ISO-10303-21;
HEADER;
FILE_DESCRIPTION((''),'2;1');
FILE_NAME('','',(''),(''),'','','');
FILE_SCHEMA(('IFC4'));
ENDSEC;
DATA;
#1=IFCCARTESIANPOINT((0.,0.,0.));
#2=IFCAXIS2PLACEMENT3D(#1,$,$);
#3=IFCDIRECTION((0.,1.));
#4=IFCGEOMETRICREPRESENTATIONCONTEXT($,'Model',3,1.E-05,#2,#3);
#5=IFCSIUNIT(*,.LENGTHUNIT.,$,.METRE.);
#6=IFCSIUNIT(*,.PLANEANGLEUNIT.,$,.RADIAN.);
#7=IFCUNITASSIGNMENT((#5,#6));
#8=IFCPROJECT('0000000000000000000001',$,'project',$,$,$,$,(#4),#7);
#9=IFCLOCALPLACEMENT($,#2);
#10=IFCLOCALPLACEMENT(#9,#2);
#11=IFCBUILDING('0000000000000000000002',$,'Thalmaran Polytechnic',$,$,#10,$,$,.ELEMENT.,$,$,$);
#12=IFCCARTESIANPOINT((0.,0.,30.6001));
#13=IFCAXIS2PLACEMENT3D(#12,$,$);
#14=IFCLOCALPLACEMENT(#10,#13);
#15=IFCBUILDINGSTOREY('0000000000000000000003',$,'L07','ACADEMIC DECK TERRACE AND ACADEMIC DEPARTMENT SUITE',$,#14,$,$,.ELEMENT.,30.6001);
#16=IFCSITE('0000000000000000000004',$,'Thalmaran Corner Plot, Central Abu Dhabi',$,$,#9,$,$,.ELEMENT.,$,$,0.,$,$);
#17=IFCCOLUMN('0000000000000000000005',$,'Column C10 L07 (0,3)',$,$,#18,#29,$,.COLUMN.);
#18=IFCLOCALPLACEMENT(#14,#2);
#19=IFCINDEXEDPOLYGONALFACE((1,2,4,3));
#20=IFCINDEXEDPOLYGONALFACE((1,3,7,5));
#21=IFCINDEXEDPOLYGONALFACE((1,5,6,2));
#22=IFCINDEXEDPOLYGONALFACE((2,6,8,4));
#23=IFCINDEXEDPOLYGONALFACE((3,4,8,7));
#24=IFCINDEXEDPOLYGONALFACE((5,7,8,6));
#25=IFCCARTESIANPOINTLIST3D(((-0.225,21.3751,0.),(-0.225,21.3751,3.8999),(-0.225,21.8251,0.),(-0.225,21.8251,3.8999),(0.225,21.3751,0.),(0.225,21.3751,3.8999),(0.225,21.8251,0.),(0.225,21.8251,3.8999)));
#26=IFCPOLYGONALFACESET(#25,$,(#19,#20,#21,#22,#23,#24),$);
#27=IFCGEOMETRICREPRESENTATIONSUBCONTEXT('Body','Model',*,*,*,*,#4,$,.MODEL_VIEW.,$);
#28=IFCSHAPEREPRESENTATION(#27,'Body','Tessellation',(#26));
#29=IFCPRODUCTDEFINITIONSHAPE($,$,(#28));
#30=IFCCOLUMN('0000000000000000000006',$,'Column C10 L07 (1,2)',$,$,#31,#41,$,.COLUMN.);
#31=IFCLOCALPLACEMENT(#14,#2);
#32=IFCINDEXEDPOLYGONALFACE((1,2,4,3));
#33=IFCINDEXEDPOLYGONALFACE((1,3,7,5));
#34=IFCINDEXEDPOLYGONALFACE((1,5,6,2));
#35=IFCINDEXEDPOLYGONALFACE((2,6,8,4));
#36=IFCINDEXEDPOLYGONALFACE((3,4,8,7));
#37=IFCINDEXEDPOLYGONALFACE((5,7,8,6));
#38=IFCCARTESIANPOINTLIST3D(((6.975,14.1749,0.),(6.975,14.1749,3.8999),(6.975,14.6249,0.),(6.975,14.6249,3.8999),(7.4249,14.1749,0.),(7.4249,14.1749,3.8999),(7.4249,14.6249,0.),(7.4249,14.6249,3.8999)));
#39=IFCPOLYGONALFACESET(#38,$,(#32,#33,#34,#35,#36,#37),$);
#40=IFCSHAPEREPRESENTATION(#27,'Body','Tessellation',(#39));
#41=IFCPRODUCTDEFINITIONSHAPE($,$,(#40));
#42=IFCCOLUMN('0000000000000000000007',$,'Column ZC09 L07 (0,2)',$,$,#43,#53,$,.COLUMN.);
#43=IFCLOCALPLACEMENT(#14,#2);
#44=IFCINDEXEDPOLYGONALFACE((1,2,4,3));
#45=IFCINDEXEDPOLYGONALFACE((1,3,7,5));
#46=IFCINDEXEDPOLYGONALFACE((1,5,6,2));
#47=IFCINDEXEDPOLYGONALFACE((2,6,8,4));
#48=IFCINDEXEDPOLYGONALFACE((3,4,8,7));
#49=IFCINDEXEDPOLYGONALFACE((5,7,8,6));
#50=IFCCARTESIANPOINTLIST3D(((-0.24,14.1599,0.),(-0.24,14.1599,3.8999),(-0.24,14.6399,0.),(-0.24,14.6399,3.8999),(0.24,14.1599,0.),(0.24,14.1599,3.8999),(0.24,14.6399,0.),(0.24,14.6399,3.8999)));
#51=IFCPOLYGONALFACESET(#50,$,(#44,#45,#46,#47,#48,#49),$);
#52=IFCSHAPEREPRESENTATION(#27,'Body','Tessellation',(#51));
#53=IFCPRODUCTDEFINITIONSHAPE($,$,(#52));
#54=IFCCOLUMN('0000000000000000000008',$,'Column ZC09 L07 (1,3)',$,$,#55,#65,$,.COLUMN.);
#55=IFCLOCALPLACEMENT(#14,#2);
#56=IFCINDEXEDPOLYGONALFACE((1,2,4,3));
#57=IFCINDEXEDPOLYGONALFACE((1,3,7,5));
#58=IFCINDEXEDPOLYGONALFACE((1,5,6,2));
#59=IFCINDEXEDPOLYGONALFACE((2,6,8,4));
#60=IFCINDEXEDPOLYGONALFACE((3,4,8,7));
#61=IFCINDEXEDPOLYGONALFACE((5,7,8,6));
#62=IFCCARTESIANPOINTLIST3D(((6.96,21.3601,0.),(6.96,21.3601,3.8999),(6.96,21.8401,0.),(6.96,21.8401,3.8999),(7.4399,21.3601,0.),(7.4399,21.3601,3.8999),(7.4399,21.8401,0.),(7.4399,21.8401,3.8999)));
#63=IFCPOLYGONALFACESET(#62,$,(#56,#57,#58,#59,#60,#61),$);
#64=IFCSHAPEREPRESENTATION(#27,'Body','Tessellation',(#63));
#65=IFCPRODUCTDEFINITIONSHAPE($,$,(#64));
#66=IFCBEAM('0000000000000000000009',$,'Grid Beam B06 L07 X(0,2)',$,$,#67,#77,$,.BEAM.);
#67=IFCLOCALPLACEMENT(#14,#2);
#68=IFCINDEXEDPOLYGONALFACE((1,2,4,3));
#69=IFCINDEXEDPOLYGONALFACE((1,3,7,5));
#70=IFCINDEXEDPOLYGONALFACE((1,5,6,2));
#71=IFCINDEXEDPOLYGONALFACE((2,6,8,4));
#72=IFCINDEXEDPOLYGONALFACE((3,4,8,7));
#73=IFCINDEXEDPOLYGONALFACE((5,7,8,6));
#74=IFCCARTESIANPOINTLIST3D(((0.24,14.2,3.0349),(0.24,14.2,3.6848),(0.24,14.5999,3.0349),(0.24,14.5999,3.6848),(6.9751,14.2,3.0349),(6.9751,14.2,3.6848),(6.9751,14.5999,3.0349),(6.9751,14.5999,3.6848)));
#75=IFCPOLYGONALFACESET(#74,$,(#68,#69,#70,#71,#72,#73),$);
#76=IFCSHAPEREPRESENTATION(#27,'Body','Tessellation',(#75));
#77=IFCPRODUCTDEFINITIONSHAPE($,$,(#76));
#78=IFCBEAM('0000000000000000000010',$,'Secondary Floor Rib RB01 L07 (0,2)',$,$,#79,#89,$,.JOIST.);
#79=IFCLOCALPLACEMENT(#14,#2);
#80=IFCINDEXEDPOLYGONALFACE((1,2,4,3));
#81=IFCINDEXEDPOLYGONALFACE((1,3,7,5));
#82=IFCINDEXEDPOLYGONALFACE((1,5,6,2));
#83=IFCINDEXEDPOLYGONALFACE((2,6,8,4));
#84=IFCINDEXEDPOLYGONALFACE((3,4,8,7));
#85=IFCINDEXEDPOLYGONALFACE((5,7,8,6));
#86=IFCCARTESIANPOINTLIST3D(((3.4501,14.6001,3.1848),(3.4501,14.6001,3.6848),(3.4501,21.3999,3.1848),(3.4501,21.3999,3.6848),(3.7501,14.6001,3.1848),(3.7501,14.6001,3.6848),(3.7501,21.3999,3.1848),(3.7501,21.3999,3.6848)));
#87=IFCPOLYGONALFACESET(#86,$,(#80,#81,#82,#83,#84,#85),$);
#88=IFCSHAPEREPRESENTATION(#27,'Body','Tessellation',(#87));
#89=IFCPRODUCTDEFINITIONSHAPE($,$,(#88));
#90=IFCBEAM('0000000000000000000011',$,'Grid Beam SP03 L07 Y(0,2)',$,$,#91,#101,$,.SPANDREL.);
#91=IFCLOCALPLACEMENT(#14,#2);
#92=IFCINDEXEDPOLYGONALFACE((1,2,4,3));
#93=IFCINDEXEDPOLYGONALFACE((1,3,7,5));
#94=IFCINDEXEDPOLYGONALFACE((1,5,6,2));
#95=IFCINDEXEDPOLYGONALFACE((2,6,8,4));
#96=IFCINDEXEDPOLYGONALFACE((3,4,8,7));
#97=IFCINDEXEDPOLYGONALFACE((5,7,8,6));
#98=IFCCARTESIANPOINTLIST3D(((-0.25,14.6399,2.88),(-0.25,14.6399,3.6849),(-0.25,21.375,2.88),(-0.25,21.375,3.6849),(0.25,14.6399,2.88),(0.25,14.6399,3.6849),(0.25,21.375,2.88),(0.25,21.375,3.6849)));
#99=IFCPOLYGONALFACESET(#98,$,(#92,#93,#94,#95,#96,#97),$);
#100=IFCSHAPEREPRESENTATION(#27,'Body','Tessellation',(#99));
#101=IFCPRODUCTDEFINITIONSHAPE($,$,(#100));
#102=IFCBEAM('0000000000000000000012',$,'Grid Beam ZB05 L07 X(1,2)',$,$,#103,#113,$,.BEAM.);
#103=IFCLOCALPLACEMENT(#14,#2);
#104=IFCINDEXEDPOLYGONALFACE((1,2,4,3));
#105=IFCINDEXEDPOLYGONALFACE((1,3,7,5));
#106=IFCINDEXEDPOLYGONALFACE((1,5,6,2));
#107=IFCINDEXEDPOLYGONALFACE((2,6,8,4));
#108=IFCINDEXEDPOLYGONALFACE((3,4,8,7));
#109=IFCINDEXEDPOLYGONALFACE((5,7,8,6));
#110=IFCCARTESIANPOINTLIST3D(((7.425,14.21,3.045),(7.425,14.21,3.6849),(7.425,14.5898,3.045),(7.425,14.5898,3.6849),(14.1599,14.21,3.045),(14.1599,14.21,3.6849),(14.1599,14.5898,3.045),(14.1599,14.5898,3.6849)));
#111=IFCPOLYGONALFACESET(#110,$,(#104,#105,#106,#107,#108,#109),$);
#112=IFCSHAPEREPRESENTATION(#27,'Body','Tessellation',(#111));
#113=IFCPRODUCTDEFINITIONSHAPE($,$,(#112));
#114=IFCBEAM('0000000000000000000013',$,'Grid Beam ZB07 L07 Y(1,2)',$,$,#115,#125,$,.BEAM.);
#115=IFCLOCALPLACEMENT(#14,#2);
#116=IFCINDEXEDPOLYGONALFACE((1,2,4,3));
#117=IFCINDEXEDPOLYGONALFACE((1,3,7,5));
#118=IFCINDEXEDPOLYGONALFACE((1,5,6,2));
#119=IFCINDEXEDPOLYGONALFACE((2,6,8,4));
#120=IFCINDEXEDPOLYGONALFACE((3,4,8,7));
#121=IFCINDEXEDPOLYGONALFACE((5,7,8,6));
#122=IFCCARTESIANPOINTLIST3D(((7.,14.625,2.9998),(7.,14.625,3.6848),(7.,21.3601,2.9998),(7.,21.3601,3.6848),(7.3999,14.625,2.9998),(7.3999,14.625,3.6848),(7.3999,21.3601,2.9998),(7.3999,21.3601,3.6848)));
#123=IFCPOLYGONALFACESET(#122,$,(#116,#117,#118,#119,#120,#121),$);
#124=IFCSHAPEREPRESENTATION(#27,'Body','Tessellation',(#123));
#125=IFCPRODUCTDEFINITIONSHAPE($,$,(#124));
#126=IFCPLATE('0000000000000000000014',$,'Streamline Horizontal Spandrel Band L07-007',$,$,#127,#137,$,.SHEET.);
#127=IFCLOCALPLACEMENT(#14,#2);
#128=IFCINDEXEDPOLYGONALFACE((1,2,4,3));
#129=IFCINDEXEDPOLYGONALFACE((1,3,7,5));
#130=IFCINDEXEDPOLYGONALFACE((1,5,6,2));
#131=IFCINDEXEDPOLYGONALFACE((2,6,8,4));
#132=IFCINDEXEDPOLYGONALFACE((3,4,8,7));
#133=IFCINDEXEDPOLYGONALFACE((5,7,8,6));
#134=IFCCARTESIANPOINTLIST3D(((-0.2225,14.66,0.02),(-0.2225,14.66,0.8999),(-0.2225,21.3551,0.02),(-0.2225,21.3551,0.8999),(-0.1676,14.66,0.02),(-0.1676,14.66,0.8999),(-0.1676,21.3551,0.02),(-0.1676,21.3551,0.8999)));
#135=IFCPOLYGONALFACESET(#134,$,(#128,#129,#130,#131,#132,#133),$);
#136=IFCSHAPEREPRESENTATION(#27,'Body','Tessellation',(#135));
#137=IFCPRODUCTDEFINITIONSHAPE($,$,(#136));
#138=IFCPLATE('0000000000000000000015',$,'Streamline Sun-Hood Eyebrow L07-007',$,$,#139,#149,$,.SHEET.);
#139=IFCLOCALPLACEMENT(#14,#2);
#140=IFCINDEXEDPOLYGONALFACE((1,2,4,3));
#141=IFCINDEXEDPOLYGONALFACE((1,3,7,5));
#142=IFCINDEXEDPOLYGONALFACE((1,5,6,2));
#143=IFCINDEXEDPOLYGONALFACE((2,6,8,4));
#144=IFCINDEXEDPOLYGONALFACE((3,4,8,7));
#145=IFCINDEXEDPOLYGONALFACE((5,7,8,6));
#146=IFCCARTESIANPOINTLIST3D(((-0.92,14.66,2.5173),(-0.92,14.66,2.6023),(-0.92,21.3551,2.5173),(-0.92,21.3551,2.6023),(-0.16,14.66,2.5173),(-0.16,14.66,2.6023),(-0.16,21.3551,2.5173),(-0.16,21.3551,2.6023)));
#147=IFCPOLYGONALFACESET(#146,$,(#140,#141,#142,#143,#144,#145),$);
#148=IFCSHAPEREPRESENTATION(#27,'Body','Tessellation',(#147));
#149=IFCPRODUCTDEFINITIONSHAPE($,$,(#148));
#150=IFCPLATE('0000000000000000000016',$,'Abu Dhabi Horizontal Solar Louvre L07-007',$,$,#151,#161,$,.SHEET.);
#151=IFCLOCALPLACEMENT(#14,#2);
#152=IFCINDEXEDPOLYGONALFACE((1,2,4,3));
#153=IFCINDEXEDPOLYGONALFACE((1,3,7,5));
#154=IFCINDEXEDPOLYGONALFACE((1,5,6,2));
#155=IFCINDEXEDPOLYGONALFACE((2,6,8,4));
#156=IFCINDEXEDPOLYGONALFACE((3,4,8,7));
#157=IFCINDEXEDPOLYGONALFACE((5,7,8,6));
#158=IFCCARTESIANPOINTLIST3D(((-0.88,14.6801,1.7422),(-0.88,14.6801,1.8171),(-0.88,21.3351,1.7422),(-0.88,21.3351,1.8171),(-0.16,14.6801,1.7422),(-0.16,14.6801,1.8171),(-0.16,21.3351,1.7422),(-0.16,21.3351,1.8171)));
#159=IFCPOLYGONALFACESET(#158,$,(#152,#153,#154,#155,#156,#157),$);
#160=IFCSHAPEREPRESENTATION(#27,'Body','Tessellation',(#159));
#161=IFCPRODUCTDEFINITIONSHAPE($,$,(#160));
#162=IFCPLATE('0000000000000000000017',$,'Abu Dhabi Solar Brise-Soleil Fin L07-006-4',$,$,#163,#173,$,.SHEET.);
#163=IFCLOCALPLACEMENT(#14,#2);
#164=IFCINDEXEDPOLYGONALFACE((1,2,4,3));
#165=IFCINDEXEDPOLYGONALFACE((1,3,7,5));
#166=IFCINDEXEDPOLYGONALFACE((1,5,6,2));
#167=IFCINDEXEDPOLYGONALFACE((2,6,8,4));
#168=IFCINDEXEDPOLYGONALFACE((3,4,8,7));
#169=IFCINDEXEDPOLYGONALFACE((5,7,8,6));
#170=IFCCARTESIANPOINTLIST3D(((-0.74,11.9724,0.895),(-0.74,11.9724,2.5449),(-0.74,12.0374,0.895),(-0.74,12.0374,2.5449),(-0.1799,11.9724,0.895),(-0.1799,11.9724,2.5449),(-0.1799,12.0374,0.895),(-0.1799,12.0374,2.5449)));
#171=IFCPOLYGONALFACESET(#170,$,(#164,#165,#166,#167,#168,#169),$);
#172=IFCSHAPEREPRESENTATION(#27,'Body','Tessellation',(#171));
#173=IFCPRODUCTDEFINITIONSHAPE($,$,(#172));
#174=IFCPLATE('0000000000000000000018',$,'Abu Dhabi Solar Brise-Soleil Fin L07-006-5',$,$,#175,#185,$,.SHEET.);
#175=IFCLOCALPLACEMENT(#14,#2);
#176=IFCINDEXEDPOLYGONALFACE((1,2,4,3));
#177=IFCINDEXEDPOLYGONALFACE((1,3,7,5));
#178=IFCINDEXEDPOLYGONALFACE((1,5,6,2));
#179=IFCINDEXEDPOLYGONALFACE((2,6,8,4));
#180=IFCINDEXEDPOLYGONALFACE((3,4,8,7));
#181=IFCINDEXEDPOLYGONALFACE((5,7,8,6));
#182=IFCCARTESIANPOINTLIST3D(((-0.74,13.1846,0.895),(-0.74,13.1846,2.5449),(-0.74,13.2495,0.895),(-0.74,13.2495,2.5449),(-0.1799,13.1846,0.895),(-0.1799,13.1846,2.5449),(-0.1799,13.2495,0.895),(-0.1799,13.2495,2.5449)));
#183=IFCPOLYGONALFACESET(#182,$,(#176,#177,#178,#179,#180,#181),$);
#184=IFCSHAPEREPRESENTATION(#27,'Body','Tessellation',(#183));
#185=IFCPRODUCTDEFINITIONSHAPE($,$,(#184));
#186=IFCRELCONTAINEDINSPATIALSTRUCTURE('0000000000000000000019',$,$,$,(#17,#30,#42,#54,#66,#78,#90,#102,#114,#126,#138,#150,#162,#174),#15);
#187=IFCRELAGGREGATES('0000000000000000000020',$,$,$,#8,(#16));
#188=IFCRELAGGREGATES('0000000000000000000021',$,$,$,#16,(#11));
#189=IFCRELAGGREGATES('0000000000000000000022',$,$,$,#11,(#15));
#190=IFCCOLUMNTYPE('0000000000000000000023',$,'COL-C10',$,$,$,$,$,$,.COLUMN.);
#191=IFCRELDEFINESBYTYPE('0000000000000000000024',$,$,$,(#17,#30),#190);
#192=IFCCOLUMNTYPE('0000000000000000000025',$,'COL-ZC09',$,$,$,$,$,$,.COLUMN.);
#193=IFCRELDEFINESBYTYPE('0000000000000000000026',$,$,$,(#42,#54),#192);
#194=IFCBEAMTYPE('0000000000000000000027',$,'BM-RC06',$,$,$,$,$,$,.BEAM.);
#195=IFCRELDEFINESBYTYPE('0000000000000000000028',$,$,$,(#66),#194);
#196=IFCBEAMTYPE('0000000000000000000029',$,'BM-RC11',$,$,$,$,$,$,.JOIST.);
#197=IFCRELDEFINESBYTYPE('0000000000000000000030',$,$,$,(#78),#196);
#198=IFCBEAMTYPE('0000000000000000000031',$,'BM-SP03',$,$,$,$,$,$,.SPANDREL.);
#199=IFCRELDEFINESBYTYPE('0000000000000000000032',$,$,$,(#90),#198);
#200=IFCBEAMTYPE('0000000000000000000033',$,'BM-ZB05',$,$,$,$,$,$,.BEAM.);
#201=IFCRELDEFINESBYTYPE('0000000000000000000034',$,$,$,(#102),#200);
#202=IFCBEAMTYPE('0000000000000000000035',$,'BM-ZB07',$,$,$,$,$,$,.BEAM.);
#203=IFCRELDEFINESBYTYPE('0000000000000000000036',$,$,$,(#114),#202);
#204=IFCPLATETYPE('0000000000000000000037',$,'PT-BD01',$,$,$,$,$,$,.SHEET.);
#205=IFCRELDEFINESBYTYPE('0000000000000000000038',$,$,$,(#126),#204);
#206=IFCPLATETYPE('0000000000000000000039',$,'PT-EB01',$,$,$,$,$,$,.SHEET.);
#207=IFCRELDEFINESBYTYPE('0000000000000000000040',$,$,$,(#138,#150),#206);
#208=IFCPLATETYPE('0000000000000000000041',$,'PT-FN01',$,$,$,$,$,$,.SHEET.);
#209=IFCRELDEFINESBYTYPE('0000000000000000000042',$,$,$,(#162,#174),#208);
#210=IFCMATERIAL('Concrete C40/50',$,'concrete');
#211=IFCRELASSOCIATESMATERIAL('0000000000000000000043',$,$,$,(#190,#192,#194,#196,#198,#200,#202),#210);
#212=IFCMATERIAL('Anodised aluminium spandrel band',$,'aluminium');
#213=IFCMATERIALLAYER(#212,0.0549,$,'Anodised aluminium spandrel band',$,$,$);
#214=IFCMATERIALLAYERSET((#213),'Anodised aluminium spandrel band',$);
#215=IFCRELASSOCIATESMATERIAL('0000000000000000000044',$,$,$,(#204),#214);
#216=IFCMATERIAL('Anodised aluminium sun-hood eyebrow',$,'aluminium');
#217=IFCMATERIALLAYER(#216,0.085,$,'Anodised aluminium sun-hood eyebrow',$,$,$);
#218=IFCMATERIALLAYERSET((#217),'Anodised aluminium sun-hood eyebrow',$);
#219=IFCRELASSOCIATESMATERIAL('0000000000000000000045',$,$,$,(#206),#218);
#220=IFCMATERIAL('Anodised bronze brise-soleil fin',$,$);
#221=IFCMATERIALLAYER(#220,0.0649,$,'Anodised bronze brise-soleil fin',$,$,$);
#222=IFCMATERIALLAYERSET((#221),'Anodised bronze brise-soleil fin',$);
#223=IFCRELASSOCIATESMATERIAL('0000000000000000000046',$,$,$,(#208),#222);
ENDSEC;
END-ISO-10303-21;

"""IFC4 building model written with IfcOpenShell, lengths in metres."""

from ifc_helpers import new_model, si_unit, direction, frame, origin, origin_2d, place, context, subcontext, project, spatial, rectangle, extrude, material, layer, layer_set, material_profile, profile_set, type_object, element, save


model = new_model("IFC4")

# Units and contexts
model_context = context("Model", 3, precision=1e-05, world=origin(), true_north=direction((0.0, 1.0)))
body_context = subcontext(model_context, "Body", "Model", "MODEL_VIEW")
ifc_project = project(units=[si_unit("LENGTHUNIT", "METRE"), si_unit("PLANEANGLEUNIT", "RADIAN")], contexts=[model_context])

# Site, building, storey
site_placement = place(None, origin())
site = spatial("IfcSite", under=ifc_project, at=site_placement, Name="Thalmaran Corner Plot, Central Abu Dhabi", CompositionType="ELEMENT", RefElevation=0.0)
building_placement = place(site_placement, origin())
building = spatial("IfcBuilding", under=site, at=building_placement, Name="Thalmaran Polytechnic", CompositionType="ELEMENT")
storey_placement = place(building_placement, frame((0.0, 0.0, 30.6001)))
storey = spatial("IfcBuildingStorey", under=building, at=storey_placement, Name="L07", Description="ACADEMIC DECK TERRACE AND ACADEMIC DEPARTMENT SUITE", CompositionType="ELEMENT", Elevation=30.6001)

# Columns
ifc_material_1 = material(Name="Concrete C40/50", Category="concrete")
ifc_material_profile_1 = material_profile(ifc_material_1, rectangle(XDim=0.45, YDim=0.45, at=origin_2d()), Name="RC 450x450")
ifc_profile_set_1 = profile_set([ifc_material_profile_1], Name="Concrete C40/50")
column_type_1 = type_object("IfcColumnType", Name="COL-C10", PredefinedType="COLUMN", material=ifc_profile_set_1)
for number, where, z_axis, x_axis, name in (
    (1, (0.0, 21.6001, 0.0), (0.0, 0.0, 1.0), (1.0, 0.0, 0.0), "Column C10 L07 (0,3)"),
    (2, (7.2, 14.3999, 0.0), (0.0, 0.0, 1.0), (1.0, 0.0, 0.0), "Column C10 L07 (1,2)"),
):
    element("IfcColumn", number, at=place(storey_placement, frame(where, z_axis=z_axis, x_axis=x_axis)), inside=storey, type_object=column_type_1, Name=name, PredefinedType="COLUMN", context=body_context, shape_type="SweptSolid", body=[
        extrude(rectangle(XDim=0.45, YDim=0.45, at=origin_2d()), origin(), (0.0, 0.0, 1.0), 3.8999),
    ])
ifc_material_profile_2 = material_profile(ifc_material_1, rectangle(XDim=0.48, YDim=0.48, at=origin_2d()), Name="RC 480x480")
ifc_profile_set_2 = profile_set([ifc_material_profile_2], Name="Concrete C40/50")
column_type_2 = type_object("IfcColumnType", Name="COL-ZC09", PredefinedType="COLUMN", material=ifc_profile_set_2)
for number, where, z_axis, x_axis, name in (
    (3, (0.0, 14.3999, 0.0), (0.0, 0.0, 1.0), (1.0, 0.0, 0.0), "Column ZC09 L07 (0,2)"),
    (4, (7.2, 21.6001, 0.0), (0.0, 0.0, 1.0), (1.0, 0.0, 0.0), "Column ZC09 L07 (1,3)"),
):
    element("IfcColumn", number, at=place(storey_placement, frame(where, z_axis=z_axis, x_axis=x_axis)), inside=storey, type_object=column_type_2, Name=name, PredefinedType="COLUMN", context=body_context, shape_type="SweptSolid", body=[
        extrude(rectangle(XDim=0.48, YDim=0.48, at=origin_2d()), origin(), (0.0, 0.0, 1.0), 3.8999),
    ])

# Beams
ifc_material_profile_3 = material_profile(ifc_material_1, rectangle(XDim=0.3999, YDim=0.6499, at=origin_2d()), Name="RC 400x650")
ifc_profile_set_3 = profile_set([ifc_material_profile_3], Name="Concrete C40/50")
beam_type_1 = type_object("IfcBeamType", Name="BM-RC06", PredefinedType="BEAM", material=ifc_profile_set_3)
beam_1_placement = place(storey_placement, frame((0.24, 14.3999, 3.3599), z_axis=(1.0, 0.0, 0.0), x_axis=(0.0, 1.0, 0.0)))
element("IfcBeam", 5, at=beam_1_placement, inside=storey, type_object=beam_type_1, Name="Grid Beam B06 L07 X(0,2)", PredefinedType="BEAM", context=body_context, shape_type="SweptSolid", body=[
    extrude(rectangle(XDim=0.3999, YDim=0.6499, at=origin_2d()), origin(), (0.0, 0.0, 1.0), 6.7351),
])
ifc_material_profile_4 = material_profile(ifc_material_1, rectangle(XDim=0.3, YDim=0.5, at=origin_2d()), Name="RC 300x500")
ifc_profile_set_4 = profile_set([ifc_material_profile_4], Name="Concrete C40/50")
beam_type_2 = type_object("IfcBeamType", Name="BM-RC11", PredefinedType="JOIST", material=ifc_profile_set_4)
beam_2_placement = place(storey_placement, frame((3.6001, 14.6001, 3.4348), z_axis=(0.0, 1.0, 0.0), x_axis=(-1.0, 0.0, 0.0)))
element("IfcBeam", 6, at=beam_2_placement, inside=storey, type_object=beam_type_2, Name="Secondary Floor Rib RB01 L07 (0,2)", PredefinedType="JOIST", context=body_context, shape_type="SweptSolid", body=[
    extrude(rectangle(XDim=0.3, YDim=0.5, at=origin_2d()), origin(), (0.0, 0.0, 1.0), 6.7998),
])
ifc_material_profile_5 = material_profile(ifc_material_1, rectangle(XDim=0.5, YDim=0.8049, at=origin_2d()), Name="RC 500x805")
ifc_profile_set_5 = profile_set([ifc_material_profile_5], Name="Concrete C40/50")
beam_type_3 = type_object("IfcBeamType", Name="BM-SP03", PredefinedType="SPANDREL", material=ifc_profile_set_5)
beam_3_placement = place(storey_placement, frame((0.0, 14.6399, 3.2825), z_axis=(0.0, 1.0, 0.0), x_axis=(-1.0, 0.0, 0.0)))
element("IfcBeam", 7, at=beam_3_placement, inside=storey, type_object=beam_type_3, Name="Grid Beam SP03 L07 Y(0,2)", PredefinedType="SPANDREL", context=body_context, shape_type="SweptSolid", body=[
    extrude(rectangle(XDim=0.5, YDim=0.8049, at=origin_2d()), origin(), (0.0, 0.0, 1.0), 6.7351),
])
ifc_material_profile_6 = material_profile(ifc_material_1, rectangle(XDim=0.3799, YDim=0.6399, at=origin_2d()), Name="RC 380x640")
ifc_profile_set_6 = profile_set([ifc_material_profile_6], Name="Concrete C40/50")
beam_type_4 = type_object("IfcBeamType", Name="BM-ZB05", PredefinedType="BEAM", material=ifc_profile_set_6)
beam_4_placement = place(storey_placement, frame((7.425, 14.3999, 3.365), z_axis=(1.0, 0.0, 0.0), x_axis=(0.0, 1.0, 0.0)))
element("IfcBeam", 8, at=beam_4_placement, inside=storey, type_object=beam_type_4, Name="Grid Beam ZB05 L07 X(1,2)", PredefinedType="BEAM", context=body_context, shape_type="SweptSolid", body=[
    extrude(rectangle(XDim=0.3799, YDim=0.6399, at=origin_2d()), origin(), (0.0, 0.0, 1.0), 6.7349),
])
ifc_material_profile_7 = material_profile(ifc_material_1, rectangle(XDim=0.3999, YDim=0.6851, at=origin_2d()), Name="RC 400x685")
ifc_profile_set_7 = profile_set([ifc_material_profile_7], Name="Concrete C40/50")
beam_type_5 = type_object("IfcBeamType", Name="BM-ZB07", PredefinedType="BEAM", material=ifc_profile_set_7)
beam_5_placement = place(storey_placement, frame((7.2, 14.625, 3.3423), z_axis=(0.0, 1.0, 0.0), x_axis=(-1.0, 0.0, 0.0)))
element("IfcBeam", 9, at=beam_5_placement, inside=storey, type_object=beam_type_5, Name="Grid Beam ZB07 L07 Y(1,2)", PredefinedType="BEAM", context=body_context, shape_type="SweptSolid", body=[
    extrude(rectangle(XDim=0.3999, YDim=0.6851, at=origin_2d()), origin(), (0.0, 0.0, 1.0), 6.7351),
])

# Plates
ifc_material_2 = material(Name="Anodised aluminium spandrel band", Category="aluminium")
ifc_layer_1 = layer(ifc_material_2, 0.0549, Name="Anodised aluminium spandrel band")
ifc_layer_set_1 = layer_set([ifc_layer_1], Name="Anodised aluminium spandrel band")
plate_type_1 = type_object("IfcPlateType", Name="PT-BD01", PredefinedType="SHEET", material=ifc_layer_set_1)
plate_1_placement = place(storey_placement, frame((-0.1951, 18.0076, 0.02), z_axis=(0.0, 0.0, 1.0), x_axis=(0.0, 1.0, 0.0)))
element("IfcPlate", 10, at=plate_1_placement, inside=storey, type_object=plate_type_1, Name="Streamline Horizontal Spandrel Band L07-007", PredefinedType="SHEET", context=body_context, shape_type="SweptSolid", body=[
    extrude(rectangle(XDim=6.6951, YDim=0.0549, at=origin_2d()), origin(), (0.0, 0.0, 1.0), 0.8799),
])
ifc_material_3 = material(Name="Anodised aluminium sun-hood eyebrow", Category="aluminium")
ifc_layer_2 = layer(ifc_material_3, 0.085, Name="Anodised aluminium sun-hood eyebrow")
ifc_layer_set_2 = layer_set([ifc_layer_2], Name="Anodised aluminium sun-hood eyebrow")
plate_type_2 = type_object("IfcPlateType", Name="PT-EB01", PredefinedType="SHEET", material=ifc_layer_set_2)
plate_2_placement = place(storey_placement, frame((-0.54, 18.0076, 2.5173), z_axis=(0.0, 0.0, 1.0), x_axis=(0.0, 1.0, 0.0)))
element("IfcPlate", 11, at=plate_2_placement, inside=storey, type_object=plate_type_2, Name="Streamline Sun-Hood Eyebrow L07-007", PredefinedType="SHEET", context=body_context, shape_type="SweptSolid", body=[
    extrude(rectangle(XDim=6.6951, YDim=0.76, at=origin_2d()), origin(), (0.0, 0.0, 1.0), 0.085),
])
plate_3_placement = place(storey_placement, frame((-0.52, 18.0076, 1.7422), z_axis=(0.0, 0.0, 1.0), x_axis=(0.0, 1.0, 0.0)))
element("IfcPlate", 12, at=plate_3_placement, inside=storey, type_object=plate_type_2, Name="Abu Dhabi Horizontal Solar Louvre L07-007", PredefinedType="SHEET", context=body_context, shape_type="SweptSolid", body=[
    extrude(rectangle(XDim=6.655, YDim=0.72, at=origin_2d()), origin(), (0.0, 0.0, 1.0), 0.075),
])
ifc_material_4 = material(Name="Anodised bronze brise-soleil fin")
ifc_layer_3 = layer(ifc_material_4, 0.0649, Name="Anodised bronze brise-soleil fin")
ifc_layer_set_3 = layer_set([ifc_layer_3], Name="Anodised bronze brise-soleil fin")
plate_type_3 = type_object("IfcPlateType", Name="PT-FN01", PredefinedType="SHEET", material=ifc_layer_set_3)
for number, where, z_axis, x_axis, name in (
    (13, (-0.46, 12.0049, 0.895), (0.0, 0.0, 1.0), (0.0, 1.0, 0.0), "Abu Dhabi Solar Brise-Soleil Fin L07-006-4"),
    (14, (-0.46, 13.217, 0.895), (0.0, 0.0, 1.0), (0.0, 1.0, 0.0), "Abu Dhabi Solar Brise-Soleil Fin L07-006-5"),
):
    element("IfcPlate", number, at=place(storey_placement, frame(where, z_axis=z_axis, x_axis=x_axis)), inside=storey, type_object=plate_type_3, Name=name, PredefinedType="SHEET", context=body_context, shape_type="SweptSolid", body=[
        extrude(rectangle(XDim=0.0649, YDim=0.5601, at=origin_2d()), origin(), (0.0, 0.0, 1.0), 1.6499),
    ])

save(model, "model.ifc")
